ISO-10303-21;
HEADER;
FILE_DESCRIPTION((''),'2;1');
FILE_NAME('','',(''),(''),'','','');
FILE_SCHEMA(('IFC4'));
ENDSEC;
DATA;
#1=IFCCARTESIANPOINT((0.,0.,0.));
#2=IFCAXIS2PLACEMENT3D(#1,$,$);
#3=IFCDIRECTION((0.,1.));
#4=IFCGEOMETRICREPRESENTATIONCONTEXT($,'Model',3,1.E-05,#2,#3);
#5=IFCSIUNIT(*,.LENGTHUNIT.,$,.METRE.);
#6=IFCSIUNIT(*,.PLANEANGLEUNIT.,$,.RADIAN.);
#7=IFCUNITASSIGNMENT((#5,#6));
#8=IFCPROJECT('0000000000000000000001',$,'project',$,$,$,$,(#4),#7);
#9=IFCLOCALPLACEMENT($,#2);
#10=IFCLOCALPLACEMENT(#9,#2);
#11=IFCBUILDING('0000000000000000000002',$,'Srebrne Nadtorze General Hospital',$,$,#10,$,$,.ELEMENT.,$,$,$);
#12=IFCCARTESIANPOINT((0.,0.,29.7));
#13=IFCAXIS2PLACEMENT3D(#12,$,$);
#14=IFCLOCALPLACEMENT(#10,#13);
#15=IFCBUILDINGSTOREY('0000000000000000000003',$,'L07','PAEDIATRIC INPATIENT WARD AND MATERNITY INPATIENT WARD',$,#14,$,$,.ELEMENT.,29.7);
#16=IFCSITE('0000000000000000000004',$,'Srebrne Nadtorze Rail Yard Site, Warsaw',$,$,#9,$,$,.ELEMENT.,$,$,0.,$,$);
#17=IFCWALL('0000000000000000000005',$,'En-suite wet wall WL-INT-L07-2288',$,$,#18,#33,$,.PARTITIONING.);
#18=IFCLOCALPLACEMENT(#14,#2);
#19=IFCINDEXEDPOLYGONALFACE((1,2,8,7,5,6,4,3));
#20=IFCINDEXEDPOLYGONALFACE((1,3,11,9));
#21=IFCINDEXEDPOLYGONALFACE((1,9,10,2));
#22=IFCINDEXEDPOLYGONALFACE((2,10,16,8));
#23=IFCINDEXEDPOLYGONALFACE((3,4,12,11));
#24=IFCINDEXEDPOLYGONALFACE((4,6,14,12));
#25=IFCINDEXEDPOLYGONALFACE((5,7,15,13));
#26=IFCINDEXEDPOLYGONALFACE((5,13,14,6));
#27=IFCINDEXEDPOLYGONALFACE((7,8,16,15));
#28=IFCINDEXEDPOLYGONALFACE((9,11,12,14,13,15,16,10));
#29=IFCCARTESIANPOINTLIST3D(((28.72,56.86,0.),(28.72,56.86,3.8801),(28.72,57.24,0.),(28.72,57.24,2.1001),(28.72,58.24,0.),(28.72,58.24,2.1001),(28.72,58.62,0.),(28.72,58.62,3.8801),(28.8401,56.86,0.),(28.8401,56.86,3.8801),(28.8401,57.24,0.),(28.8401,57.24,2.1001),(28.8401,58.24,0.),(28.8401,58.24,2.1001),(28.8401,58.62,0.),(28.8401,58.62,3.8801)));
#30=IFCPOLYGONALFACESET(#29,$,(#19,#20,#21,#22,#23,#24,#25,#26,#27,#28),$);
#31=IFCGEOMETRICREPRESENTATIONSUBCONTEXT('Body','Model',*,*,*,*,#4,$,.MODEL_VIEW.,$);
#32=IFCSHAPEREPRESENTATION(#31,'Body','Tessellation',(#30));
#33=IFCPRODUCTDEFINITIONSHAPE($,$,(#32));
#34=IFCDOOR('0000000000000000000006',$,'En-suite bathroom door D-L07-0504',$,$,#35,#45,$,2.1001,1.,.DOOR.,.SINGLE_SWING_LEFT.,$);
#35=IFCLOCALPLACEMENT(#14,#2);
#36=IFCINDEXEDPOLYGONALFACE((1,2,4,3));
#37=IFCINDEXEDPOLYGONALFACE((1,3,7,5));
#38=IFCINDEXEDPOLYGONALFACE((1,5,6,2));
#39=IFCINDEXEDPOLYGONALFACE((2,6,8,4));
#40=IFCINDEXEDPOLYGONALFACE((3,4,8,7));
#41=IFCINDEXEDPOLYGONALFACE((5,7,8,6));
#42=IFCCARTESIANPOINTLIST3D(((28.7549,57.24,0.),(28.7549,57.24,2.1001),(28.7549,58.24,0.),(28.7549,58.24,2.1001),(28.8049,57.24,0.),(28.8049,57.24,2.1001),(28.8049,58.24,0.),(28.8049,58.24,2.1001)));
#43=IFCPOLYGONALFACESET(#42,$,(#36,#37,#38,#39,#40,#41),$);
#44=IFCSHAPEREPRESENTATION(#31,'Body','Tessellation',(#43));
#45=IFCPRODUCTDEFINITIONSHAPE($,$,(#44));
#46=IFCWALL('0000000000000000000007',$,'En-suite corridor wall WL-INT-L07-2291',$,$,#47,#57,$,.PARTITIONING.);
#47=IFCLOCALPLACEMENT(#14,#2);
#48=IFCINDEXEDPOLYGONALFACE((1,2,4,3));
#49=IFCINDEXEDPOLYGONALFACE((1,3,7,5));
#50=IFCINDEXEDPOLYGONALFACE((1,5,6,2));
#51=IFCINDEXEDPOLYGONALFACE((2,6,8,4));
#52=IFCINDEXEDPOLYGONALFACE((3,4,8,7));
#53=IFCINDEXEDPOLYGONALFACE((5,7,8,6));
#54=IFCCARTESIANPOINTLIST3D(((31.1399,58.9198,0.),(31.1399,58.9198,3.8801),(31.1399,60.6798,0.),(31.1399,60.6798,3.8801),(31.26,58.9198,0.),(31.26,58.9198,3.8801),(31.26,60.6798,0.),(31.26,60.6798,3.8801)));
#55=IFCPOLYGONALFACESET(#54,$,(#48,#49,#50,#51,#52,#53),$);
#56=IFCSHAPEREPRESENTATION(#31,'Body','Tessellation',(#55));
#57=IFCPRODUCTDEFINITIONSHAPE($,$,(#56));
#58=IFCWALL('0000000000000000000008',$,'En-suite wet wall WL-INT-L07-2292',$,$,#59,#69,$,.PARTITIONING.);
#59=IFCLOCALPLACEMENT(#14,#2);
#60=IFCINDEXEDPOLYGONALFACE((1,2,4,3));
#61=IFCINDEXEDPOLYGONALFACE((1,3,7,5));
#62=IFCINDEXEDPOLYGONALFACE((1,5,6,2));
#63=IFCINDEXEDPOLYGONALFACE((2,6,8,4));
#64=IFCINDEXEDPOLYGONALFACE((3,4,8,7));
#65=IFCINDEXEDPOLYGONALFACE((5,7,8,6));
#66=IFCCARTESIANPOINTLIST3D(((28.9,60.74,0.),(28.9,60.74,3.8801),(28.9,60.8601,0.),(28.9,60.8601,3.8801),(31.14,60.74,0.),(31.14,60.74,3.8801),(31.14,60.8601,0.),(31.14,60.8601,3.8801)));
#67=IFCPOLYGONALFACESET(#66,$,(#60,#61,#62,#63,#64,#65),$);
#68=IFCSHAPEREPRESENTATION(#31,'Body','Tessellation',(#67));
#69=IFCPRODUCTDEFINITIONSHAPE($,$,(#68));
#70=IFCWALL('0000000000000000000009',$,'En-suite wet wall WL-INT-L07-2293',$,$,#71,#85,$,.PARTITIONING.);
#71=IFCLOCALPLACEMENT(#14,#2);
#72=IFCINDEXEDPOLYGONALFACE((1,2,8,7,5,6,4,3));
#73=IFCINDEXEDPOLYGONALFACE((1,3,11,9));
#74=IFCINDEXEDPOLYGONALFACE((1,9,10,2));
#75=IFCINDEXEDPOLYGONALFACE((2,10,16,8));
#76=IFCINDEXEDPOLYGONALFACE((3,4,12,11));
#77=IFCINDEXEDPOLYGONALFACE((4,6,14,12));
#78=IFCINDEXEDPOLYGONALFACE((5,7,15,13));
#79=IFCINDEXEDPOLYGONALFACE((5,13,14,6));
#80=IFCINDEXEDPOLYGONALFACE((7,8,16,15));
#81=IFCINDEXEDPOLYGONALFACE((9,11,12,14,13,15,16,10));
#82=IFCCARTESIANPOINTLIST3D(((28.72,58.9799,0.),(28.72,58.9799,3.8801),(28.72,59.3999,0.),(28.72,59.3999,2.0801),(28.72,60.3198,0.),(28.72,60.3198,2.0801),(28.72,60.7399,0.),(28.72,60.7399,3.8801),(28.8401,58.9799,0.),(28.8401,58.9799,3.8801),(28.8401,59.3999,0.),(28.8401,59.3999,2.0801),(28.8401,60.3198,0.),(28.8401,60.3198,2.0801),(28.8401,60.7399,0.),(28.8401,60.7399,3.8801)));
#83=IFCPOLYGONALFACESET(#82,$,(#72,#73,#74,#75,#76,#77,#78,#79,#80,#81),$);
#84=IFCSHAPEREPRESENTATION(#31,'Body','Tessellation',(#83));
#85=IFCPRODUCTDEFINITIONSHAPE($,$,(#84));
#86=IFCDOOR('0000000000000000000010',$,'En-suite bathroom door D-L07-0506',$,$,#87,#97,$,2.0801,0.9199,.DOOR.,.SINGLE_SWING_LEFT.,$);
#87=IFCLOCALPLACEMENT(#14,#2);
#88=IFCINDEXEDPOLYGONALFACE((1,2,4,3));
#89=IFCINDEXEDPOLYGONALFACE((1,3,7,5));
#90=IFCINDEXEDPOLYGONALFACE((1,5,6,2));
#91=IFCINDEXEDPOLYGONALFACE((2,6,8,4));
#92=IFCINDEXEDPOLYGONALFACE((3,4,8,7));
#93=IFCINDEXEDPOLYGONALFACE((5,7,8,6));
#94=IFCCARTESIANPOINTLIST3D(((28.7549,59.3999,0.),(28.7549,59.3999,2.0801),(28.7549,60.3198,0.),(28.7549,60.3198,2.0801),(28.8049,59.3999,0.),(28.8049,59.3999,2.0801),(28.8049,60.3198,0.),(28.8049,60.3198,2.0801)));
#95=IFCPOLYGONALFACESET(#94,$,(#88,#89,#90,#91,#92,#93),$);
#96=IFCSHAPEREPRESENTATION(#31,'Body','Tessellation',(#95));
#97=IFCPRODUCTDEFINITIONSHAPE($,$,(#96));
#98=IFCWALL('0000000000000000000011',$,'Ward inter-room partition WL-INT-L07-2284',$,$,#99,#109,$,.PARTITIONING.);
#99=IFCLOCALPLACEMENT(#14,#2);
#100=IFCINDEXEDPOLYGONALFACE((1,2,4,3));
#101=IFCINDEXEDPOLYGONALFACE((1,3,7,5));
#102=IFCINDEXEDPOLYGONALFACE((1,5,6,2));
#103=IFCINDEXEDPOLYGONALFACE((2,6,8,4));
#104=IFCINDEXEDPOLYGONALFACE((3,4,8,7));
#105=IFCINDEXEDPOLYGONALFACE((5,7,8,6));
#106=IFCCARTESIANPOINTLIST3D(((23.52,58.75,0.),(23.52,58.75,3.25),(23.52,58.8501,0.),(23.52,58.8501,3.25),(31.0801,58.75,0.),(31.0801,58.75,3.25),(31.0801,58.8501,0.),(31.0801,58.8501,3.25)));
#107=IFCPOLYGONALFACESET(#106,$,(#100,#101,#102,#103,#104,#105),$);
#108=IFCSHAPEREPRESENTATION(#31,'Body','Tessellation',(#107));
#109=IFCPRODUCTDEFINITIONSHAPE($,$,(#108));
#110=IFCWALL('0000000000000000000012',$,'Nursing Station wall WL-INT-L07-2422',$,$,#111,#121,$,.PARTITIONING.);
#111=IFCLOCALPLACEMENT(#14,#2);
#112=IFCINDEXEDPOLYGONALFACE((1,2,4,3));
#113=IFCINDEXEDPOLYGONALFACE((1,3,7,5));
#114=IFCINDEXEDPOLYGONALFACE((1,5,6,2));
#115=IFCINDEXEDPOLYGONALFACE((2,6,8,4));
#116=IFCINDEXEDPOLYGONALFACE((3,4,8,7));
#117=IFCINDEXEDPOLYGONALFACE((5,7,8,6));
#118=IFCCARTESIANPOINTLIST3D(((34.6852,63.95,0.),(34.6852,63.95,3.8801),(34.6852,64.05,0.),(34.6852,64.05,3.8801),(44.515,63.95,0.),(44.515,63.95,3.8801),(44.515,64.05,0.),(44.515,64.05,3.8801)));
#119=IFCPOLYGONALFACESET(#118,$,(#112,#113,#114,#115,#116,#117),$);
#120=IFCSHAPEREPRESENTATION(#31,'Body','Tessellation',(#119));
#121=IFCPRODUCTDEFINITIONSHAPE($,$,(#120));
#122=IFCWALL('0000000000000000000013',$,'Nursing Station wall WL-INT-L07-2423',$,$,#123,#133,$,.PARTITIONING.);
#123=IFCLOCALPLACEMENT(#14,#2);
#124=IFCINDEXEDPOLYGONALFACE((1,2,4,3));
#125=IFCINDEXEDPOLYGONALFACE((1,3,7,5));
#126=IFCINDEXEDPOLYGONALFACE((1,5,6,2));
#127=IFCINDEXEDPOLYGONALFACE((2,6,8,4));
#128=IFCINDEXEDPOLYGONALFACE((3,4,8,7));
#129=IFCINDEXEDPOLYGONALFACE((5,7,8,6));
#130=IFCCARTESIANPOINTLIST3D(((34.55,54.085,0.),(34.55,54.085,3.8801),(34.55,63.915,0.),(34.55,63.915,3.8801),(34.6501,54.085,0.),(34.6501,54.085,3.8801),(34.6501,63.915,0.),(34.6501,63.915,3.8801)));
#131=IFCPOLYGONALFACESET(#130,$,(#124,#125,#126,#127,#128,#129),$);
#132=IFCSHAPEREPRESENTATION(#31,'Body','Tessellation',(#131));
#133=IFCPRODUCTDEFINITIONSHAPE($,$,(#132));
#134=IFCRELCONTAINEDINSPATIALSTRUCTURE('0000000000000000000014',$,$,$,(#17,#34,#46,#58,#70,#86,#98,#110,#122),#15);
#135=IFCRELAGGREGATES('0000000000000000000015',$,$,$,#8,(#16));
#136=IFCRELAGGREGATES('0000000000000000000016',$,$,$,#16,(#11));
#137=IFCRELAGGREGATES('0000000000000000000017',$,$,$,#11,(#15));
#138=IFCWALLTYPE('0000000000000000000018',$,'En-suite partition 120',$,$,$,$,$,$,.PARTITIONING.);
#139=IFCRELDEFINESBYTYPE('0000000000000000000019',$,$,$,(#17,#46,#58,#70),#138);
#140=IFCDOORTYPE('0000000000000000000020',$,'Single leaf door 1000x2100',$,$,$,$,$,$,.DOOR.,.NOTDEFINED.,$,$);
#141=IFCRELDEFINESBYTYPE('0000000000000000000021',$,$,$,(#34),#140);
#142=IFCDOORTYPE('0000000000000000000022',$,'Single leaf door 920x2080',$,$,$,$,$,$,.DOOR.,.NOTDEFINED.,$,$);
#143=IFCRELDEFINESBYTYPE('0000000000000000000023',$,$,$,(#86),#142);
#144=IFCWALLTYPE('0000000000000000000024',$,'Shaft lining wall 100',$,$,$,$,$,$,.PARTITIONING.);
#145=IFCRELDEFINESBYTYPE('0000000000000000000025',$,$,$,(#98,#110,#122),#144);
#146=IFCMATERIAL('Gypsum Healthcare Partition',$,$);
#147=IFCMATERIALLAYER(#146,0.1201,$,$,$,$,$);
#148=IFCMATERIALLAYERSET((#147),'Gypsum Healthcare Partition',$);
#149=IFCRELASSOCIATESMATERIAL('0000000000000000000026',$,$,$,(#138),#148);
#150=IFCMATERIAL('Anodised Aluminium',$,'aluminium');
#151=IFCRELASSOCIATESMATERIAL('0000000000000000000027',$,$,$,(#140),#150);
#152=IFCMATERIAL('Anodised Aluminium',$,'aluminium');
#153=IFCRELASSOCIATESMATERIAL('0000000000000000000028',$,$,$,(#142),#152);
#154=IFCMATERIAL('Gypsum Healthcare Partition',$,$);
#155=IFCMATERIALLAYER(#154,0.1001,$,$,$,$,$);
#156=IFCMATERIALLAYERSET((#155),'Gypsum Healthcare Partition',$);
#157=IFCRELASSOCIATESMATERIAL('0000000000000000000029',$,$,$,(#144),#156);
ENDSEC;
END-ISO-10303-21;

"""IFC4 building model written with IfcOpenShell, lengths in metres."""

from ifc_helpers import new_model, si_unit, direction, frame, frame_2d, origin, place, context, subcontext, project, spatial, rectangle, extrude, material, layer, layer_set, type_object, element, fill, save


model = new_model("IFC4")

# Units and contexts
model_context = context("Model", 3, precision=1e-05, world=origin(), true_north=direction((0.0, 1.0)))
body_context = subcontext(model_context, "Body", "Model", "MODEL_VIEW")
ifc_project = project(units=[si_unit("LENGTHUNIT", "METRE"), si_unit("PLANEANGLEUNIT", "RADIAN")], contexts=[model_context])

# Site, building, storey
site_placement = place(None, origin())
site = spatial("IfcSite", under=ifc_project, at=site_placement, Name="Srebrne Nadtorze Rail Yard Site, Warsaw", CompositionType="ELEMENT", RefElevation=0.0)
building_placement = place(site_placement, origin())
building = spatial("IfcBuilding", under=site, at=building_placement, Name="Srebrne Nadtorze General Hospital", CompositionType="ELEMENT")
storey_placement = place(building_placement, frame((0.0, 0.0, 29.7)))
storey = spatial("IfcBuildingStorey", under=building, at=storey_placement, Name="L07", Description="PAEDIATRIC INPATIENT WARD AND MATERNITY INPATIENT WARD", CompositionType="ELEMENT", Elevation=29.7)

# Shared definitions
ifc_material_1 = material(Name="Gypsum Healthcare Partition")
ifc_layer_1 = layer(ifc_material_1, 0.1201)
ifc_layer_set_1 = layer_set([ifc_layer_1], Name="Gypsum Healthcare Partition")
wall_type_1 = type_object("IfcWallType", Name="En-suite partition 120", PredefinedType="PARTITIONING", material=ifc_layer_set_1)

# Wall, opening, door
wall_1_placement = place(storey_placement, frame((28.78, 56.8601, 0.0), z_axis=(0.0, 0.0, 1.0), x_axis=(0.0, 1.0, 0.0)))
wall_1 = element("IfcWall", 1, at=wall_1_placement, inside=storey, type_object=wall_type_1, Name="En-suite wet wall WL-INT-L07-2288", PredefinedType="PARTITIONING", context=body_context, shape_type="SweptSolid", body=[
    extrude(rectangle(XDim=1.76, YDim=0.1201, at=frame_2d((0.8799, 0.0))), origin(), (0.0, 0.0, 1.0), 3.8801),
])
opening_1_placement = place(wall_1_placement, frame((0.3799, 0.0, 0.0)))
opening_1 = element("IfcOpeningElement", 2, at=opening_1_placement, cuts=wall_1, PredefinedType="OPENING", context=body_context, shape_type="SweptSolid", body=[
    extrude(rectangle(XDim=1.0, YDim=2.1001, at=frame_2d((0.5, 1.05))), frame((0.0, 0.072, 0.0), z_axis=(0.0, -1.0, 0.0), x_axis=(1.0, 0.0, 0.0)), (0.0, 0.0, 1.0), 0.144),
])
ifc_material_2 = material(Name="Anodised Aluminium", Category="aluminium")
door_type_1 = type_object("IfcDoorType", Name="Single leaf door 1000x2100", OperationType="NOTDEFINED", PredefinedType="DOOR", material=ifc_material_2)
door_1_placement = place(opening_1_placement, frame((1.0, 0.0, 0.0), z_axis=(0.0, 0.0, 1.0), x_axis=(-1.0, 0.0, 0.0)))
door_1 = element("IfcDoor", 3, at=door_1_placement, inside=storey, type_object=door_type_1, Name="En-suite bathroom door D-L07-0504", OperationType="SINGLE_SWING_LEFT", OverallHeight=2.1001, OverallWidth=1.0, PredefinedType="DOOR", context=body_context, shape_type="SweptSolid", body=[
    extrude(rectangle(XDim=1.0, YDim=2.1001, at=frame_2d((0.5, 1.05))), frame((0.0, 0.0249, 0.0), z_axis=(0.0, -1.0, 0.0), x_axis=(1.0, 0.0, 0.0)), (0.0, 0.0, 1.0), 0.05),
])
fill(opening_1, door_1)

# Walls
wall_2_placement = place(storey_placement, frame((31.2, 58.9199, 0.0), z_axis=(0.0, 0.0, 1.0), x_axis=(0.0, 1.0, 0.0)))
element("IfcWall", 4, at=wall_2_placement, inside=storey, type_object=wall_type_1, Name="En-suite corridor wall WL-INT-L07-2291", PredefinedType="PARTITIONING", context=body_context, shape_type="SweptSolid", body=[
    extrude(rectangle(XDim=1.76, YDim=0.1201, at=frame_2d((0.8799, 0.0))), origin(), (0.0, 0.0, 1.0), 3.8801),
])
wall_3_placement = place(storey_placement, frame((28.8999, 60.8, 0.0), z_axis=(0.0, 0.0, 1.0), x_axis=(1.0, 0.0, 0.0)))
element("IfcWall", 5, at=wall_3_placement, inside=storey, type_object=wall_type_1, Name="En-suite wet wall WL-INT-L07-2292", PredefinedType="PARTITIONING", context=body_context, shape_type="SweptSolid", body=[
    extrude(rectangle(XDim=2.24, YDim=0.1201, at=frame_2d((1.1201, 0.0))), origin(), (0.0, 0.0, 1.0), 3.8801),
])

# Wall, opening, door
wall_4_placement = place(storey_placement, frame((28.78, 58.98, 0.0), z_axis=(0.0, 0.0, 1.0), x_axis=(0.0, 1.0, 0.0)))
wall_4 = element("IfcWall", 6, at=wall_4_placement, inside=storey, type_object=wall_type_1, Name="En-suite wet wall WL-INT-L07-2293", PredefinedType="PARTITIONING", context=body_context, shape_type="SweptSolid", body=[
    extrude(rectangle(XDim=1.76, YDim=0.1201, at=frame_2d((0.8799, 0.0))), origin(), (0.0, 0.0, 1.0), 3.8801),
])
opening_2_placement = place(wall_4_placement, frame((0.4199, 0.0, 0.0)))
opening_2 = element("IfcOpeningElement", 7, at=opening_2_placement, cuts=wall_4, PredefinedType="OPENING", context=body_context, shape_type="SweptSolid", body=[
    extrude(rectangle(XDim=0.9199, YDim=2.0801, at=frame_2d((0.46, 1.04))), frame((0.0, 0.072, 0.0), z_axis=(0.0, -1.0, 0.0), x_axis=(1.0, 0.0, 0.0)), (0.0, 0.0, 1.0), 0.144),
])
ifc_material_3 = material(Name="Anodised Aluminium", Category="aluminium")
door_type_2 = type_object("IfcDoorType", Name="Single leaf door 920x2080", OperationType="NOTDEFINED", PredefinedType="DOOR", material=ifc_material_3)
door_2_placement = place(opening_2_placement, frame((0.9199, 0.0, 0.0), z_axis=(0.0, 0.0, 1.0), x_axis=(-1.0, 0.0, 0.0)))
door_2 = element("IfcDoor", 8, at=door_2_placement, inside=storey, type_object=door_type_2, Name="En-suite bathroom door D-L07-0506", OperationType="SINGLE_SWING_LEFT", OverallHeight=2.0801, OverallWidth=0.9199, PredefinedType="DOOR", context=body_context, shape_type="SweptSolid", body=[
    extrude(rectangle(XDim=0.9199, YDim=2.0801, at=frame_2d((0.46, 1.04))), frame((0.0, 0.0249, 0.0), z_axis=(0.0, -1.0, 0.0), x_axis=(1.0, 0.0, 0.0)), (0.0, 0.0, 1.0), 0.05),
])
fill(opening_2, door_2)

# Walls
ifc_material_4 = material(Name="Gypsum Healthcare Partition")
ifc_layer_2 = layer(ifc_material_4, 0.1001)
ifc_layer_set_2 = layer_set([ifc_layer_2], Name="Gypsum Healthcare Partition")
wall_type_2 = type_object("IfcWallType", Name="Shaft lining wall 100", PredefinedType="PARTITIONING", material=ifc_layer_set_2)
wall_5_placement = place(storey_placement, frame((23.52, 58.8, 0.0), z_axis=(0.0, 0.0, 1.0), x_axis=(1.0, 0.0, 0.0)))
element("IfcWall", 9, at=wall_5_placement, inside=storey, type_object=wall_type_2, Name="Ward inter-room partition WL-INT-L07-2284", PredefinedType="PARTITIONING", context=body_context, shape_type="SweptSolid", body=[
    extrude(rectangle(XDim=7.5601, YDim=0.1001, at=frame_2d((3.78, 0.0))), origin(), (0.0, 0.0, 1.0), 3.25),
])
wall_6_placement = place(storey_placement, frame((34.6851, 64.0, 0.0), z_axis=(0.0, 0.0, 1.0), x_axis=(1.0, 0.0, 0.0)))
element("IfcWall", 10, at=wall_6_placement, inside=storey, type_object=wall_type_2, Name="Nursing Station wall WL-INT-L07-2422", PredefinedType="PARTITIONING", context=body_context, shape_type="SweptSolid", body=[
    extrude(rectangle(XDim=9.8298, YDim=0.1001, at=frame_2d((4.915, 0.0))), origin(), (0.0, 0.0, 1.0), 3.8801),
])
wall_7_placement = place(storey_placement, frame((34.6001, 54.085, 0.0), z_axis=(0.0, 0.0, 1.0), x_axis=(0.0, 1.0, 0.0)))
element("IfcWall", 11, at=wall_7_placement, inside=storey, type_object=wall_type_2, Name="Nursing Station wall WL-INT-L07-2423", PredefinedType="PARTITIONING", context=body_context, shape_type="SweptSolid", body=[
    extrude(rectangle(XDim=9.8301, YDim=0.1001, at=frame_2d((4.915, 0.0))), origin(), (0.0, 0.0, 1.0), 3.8801),
])

save(model, "model.ifc")
